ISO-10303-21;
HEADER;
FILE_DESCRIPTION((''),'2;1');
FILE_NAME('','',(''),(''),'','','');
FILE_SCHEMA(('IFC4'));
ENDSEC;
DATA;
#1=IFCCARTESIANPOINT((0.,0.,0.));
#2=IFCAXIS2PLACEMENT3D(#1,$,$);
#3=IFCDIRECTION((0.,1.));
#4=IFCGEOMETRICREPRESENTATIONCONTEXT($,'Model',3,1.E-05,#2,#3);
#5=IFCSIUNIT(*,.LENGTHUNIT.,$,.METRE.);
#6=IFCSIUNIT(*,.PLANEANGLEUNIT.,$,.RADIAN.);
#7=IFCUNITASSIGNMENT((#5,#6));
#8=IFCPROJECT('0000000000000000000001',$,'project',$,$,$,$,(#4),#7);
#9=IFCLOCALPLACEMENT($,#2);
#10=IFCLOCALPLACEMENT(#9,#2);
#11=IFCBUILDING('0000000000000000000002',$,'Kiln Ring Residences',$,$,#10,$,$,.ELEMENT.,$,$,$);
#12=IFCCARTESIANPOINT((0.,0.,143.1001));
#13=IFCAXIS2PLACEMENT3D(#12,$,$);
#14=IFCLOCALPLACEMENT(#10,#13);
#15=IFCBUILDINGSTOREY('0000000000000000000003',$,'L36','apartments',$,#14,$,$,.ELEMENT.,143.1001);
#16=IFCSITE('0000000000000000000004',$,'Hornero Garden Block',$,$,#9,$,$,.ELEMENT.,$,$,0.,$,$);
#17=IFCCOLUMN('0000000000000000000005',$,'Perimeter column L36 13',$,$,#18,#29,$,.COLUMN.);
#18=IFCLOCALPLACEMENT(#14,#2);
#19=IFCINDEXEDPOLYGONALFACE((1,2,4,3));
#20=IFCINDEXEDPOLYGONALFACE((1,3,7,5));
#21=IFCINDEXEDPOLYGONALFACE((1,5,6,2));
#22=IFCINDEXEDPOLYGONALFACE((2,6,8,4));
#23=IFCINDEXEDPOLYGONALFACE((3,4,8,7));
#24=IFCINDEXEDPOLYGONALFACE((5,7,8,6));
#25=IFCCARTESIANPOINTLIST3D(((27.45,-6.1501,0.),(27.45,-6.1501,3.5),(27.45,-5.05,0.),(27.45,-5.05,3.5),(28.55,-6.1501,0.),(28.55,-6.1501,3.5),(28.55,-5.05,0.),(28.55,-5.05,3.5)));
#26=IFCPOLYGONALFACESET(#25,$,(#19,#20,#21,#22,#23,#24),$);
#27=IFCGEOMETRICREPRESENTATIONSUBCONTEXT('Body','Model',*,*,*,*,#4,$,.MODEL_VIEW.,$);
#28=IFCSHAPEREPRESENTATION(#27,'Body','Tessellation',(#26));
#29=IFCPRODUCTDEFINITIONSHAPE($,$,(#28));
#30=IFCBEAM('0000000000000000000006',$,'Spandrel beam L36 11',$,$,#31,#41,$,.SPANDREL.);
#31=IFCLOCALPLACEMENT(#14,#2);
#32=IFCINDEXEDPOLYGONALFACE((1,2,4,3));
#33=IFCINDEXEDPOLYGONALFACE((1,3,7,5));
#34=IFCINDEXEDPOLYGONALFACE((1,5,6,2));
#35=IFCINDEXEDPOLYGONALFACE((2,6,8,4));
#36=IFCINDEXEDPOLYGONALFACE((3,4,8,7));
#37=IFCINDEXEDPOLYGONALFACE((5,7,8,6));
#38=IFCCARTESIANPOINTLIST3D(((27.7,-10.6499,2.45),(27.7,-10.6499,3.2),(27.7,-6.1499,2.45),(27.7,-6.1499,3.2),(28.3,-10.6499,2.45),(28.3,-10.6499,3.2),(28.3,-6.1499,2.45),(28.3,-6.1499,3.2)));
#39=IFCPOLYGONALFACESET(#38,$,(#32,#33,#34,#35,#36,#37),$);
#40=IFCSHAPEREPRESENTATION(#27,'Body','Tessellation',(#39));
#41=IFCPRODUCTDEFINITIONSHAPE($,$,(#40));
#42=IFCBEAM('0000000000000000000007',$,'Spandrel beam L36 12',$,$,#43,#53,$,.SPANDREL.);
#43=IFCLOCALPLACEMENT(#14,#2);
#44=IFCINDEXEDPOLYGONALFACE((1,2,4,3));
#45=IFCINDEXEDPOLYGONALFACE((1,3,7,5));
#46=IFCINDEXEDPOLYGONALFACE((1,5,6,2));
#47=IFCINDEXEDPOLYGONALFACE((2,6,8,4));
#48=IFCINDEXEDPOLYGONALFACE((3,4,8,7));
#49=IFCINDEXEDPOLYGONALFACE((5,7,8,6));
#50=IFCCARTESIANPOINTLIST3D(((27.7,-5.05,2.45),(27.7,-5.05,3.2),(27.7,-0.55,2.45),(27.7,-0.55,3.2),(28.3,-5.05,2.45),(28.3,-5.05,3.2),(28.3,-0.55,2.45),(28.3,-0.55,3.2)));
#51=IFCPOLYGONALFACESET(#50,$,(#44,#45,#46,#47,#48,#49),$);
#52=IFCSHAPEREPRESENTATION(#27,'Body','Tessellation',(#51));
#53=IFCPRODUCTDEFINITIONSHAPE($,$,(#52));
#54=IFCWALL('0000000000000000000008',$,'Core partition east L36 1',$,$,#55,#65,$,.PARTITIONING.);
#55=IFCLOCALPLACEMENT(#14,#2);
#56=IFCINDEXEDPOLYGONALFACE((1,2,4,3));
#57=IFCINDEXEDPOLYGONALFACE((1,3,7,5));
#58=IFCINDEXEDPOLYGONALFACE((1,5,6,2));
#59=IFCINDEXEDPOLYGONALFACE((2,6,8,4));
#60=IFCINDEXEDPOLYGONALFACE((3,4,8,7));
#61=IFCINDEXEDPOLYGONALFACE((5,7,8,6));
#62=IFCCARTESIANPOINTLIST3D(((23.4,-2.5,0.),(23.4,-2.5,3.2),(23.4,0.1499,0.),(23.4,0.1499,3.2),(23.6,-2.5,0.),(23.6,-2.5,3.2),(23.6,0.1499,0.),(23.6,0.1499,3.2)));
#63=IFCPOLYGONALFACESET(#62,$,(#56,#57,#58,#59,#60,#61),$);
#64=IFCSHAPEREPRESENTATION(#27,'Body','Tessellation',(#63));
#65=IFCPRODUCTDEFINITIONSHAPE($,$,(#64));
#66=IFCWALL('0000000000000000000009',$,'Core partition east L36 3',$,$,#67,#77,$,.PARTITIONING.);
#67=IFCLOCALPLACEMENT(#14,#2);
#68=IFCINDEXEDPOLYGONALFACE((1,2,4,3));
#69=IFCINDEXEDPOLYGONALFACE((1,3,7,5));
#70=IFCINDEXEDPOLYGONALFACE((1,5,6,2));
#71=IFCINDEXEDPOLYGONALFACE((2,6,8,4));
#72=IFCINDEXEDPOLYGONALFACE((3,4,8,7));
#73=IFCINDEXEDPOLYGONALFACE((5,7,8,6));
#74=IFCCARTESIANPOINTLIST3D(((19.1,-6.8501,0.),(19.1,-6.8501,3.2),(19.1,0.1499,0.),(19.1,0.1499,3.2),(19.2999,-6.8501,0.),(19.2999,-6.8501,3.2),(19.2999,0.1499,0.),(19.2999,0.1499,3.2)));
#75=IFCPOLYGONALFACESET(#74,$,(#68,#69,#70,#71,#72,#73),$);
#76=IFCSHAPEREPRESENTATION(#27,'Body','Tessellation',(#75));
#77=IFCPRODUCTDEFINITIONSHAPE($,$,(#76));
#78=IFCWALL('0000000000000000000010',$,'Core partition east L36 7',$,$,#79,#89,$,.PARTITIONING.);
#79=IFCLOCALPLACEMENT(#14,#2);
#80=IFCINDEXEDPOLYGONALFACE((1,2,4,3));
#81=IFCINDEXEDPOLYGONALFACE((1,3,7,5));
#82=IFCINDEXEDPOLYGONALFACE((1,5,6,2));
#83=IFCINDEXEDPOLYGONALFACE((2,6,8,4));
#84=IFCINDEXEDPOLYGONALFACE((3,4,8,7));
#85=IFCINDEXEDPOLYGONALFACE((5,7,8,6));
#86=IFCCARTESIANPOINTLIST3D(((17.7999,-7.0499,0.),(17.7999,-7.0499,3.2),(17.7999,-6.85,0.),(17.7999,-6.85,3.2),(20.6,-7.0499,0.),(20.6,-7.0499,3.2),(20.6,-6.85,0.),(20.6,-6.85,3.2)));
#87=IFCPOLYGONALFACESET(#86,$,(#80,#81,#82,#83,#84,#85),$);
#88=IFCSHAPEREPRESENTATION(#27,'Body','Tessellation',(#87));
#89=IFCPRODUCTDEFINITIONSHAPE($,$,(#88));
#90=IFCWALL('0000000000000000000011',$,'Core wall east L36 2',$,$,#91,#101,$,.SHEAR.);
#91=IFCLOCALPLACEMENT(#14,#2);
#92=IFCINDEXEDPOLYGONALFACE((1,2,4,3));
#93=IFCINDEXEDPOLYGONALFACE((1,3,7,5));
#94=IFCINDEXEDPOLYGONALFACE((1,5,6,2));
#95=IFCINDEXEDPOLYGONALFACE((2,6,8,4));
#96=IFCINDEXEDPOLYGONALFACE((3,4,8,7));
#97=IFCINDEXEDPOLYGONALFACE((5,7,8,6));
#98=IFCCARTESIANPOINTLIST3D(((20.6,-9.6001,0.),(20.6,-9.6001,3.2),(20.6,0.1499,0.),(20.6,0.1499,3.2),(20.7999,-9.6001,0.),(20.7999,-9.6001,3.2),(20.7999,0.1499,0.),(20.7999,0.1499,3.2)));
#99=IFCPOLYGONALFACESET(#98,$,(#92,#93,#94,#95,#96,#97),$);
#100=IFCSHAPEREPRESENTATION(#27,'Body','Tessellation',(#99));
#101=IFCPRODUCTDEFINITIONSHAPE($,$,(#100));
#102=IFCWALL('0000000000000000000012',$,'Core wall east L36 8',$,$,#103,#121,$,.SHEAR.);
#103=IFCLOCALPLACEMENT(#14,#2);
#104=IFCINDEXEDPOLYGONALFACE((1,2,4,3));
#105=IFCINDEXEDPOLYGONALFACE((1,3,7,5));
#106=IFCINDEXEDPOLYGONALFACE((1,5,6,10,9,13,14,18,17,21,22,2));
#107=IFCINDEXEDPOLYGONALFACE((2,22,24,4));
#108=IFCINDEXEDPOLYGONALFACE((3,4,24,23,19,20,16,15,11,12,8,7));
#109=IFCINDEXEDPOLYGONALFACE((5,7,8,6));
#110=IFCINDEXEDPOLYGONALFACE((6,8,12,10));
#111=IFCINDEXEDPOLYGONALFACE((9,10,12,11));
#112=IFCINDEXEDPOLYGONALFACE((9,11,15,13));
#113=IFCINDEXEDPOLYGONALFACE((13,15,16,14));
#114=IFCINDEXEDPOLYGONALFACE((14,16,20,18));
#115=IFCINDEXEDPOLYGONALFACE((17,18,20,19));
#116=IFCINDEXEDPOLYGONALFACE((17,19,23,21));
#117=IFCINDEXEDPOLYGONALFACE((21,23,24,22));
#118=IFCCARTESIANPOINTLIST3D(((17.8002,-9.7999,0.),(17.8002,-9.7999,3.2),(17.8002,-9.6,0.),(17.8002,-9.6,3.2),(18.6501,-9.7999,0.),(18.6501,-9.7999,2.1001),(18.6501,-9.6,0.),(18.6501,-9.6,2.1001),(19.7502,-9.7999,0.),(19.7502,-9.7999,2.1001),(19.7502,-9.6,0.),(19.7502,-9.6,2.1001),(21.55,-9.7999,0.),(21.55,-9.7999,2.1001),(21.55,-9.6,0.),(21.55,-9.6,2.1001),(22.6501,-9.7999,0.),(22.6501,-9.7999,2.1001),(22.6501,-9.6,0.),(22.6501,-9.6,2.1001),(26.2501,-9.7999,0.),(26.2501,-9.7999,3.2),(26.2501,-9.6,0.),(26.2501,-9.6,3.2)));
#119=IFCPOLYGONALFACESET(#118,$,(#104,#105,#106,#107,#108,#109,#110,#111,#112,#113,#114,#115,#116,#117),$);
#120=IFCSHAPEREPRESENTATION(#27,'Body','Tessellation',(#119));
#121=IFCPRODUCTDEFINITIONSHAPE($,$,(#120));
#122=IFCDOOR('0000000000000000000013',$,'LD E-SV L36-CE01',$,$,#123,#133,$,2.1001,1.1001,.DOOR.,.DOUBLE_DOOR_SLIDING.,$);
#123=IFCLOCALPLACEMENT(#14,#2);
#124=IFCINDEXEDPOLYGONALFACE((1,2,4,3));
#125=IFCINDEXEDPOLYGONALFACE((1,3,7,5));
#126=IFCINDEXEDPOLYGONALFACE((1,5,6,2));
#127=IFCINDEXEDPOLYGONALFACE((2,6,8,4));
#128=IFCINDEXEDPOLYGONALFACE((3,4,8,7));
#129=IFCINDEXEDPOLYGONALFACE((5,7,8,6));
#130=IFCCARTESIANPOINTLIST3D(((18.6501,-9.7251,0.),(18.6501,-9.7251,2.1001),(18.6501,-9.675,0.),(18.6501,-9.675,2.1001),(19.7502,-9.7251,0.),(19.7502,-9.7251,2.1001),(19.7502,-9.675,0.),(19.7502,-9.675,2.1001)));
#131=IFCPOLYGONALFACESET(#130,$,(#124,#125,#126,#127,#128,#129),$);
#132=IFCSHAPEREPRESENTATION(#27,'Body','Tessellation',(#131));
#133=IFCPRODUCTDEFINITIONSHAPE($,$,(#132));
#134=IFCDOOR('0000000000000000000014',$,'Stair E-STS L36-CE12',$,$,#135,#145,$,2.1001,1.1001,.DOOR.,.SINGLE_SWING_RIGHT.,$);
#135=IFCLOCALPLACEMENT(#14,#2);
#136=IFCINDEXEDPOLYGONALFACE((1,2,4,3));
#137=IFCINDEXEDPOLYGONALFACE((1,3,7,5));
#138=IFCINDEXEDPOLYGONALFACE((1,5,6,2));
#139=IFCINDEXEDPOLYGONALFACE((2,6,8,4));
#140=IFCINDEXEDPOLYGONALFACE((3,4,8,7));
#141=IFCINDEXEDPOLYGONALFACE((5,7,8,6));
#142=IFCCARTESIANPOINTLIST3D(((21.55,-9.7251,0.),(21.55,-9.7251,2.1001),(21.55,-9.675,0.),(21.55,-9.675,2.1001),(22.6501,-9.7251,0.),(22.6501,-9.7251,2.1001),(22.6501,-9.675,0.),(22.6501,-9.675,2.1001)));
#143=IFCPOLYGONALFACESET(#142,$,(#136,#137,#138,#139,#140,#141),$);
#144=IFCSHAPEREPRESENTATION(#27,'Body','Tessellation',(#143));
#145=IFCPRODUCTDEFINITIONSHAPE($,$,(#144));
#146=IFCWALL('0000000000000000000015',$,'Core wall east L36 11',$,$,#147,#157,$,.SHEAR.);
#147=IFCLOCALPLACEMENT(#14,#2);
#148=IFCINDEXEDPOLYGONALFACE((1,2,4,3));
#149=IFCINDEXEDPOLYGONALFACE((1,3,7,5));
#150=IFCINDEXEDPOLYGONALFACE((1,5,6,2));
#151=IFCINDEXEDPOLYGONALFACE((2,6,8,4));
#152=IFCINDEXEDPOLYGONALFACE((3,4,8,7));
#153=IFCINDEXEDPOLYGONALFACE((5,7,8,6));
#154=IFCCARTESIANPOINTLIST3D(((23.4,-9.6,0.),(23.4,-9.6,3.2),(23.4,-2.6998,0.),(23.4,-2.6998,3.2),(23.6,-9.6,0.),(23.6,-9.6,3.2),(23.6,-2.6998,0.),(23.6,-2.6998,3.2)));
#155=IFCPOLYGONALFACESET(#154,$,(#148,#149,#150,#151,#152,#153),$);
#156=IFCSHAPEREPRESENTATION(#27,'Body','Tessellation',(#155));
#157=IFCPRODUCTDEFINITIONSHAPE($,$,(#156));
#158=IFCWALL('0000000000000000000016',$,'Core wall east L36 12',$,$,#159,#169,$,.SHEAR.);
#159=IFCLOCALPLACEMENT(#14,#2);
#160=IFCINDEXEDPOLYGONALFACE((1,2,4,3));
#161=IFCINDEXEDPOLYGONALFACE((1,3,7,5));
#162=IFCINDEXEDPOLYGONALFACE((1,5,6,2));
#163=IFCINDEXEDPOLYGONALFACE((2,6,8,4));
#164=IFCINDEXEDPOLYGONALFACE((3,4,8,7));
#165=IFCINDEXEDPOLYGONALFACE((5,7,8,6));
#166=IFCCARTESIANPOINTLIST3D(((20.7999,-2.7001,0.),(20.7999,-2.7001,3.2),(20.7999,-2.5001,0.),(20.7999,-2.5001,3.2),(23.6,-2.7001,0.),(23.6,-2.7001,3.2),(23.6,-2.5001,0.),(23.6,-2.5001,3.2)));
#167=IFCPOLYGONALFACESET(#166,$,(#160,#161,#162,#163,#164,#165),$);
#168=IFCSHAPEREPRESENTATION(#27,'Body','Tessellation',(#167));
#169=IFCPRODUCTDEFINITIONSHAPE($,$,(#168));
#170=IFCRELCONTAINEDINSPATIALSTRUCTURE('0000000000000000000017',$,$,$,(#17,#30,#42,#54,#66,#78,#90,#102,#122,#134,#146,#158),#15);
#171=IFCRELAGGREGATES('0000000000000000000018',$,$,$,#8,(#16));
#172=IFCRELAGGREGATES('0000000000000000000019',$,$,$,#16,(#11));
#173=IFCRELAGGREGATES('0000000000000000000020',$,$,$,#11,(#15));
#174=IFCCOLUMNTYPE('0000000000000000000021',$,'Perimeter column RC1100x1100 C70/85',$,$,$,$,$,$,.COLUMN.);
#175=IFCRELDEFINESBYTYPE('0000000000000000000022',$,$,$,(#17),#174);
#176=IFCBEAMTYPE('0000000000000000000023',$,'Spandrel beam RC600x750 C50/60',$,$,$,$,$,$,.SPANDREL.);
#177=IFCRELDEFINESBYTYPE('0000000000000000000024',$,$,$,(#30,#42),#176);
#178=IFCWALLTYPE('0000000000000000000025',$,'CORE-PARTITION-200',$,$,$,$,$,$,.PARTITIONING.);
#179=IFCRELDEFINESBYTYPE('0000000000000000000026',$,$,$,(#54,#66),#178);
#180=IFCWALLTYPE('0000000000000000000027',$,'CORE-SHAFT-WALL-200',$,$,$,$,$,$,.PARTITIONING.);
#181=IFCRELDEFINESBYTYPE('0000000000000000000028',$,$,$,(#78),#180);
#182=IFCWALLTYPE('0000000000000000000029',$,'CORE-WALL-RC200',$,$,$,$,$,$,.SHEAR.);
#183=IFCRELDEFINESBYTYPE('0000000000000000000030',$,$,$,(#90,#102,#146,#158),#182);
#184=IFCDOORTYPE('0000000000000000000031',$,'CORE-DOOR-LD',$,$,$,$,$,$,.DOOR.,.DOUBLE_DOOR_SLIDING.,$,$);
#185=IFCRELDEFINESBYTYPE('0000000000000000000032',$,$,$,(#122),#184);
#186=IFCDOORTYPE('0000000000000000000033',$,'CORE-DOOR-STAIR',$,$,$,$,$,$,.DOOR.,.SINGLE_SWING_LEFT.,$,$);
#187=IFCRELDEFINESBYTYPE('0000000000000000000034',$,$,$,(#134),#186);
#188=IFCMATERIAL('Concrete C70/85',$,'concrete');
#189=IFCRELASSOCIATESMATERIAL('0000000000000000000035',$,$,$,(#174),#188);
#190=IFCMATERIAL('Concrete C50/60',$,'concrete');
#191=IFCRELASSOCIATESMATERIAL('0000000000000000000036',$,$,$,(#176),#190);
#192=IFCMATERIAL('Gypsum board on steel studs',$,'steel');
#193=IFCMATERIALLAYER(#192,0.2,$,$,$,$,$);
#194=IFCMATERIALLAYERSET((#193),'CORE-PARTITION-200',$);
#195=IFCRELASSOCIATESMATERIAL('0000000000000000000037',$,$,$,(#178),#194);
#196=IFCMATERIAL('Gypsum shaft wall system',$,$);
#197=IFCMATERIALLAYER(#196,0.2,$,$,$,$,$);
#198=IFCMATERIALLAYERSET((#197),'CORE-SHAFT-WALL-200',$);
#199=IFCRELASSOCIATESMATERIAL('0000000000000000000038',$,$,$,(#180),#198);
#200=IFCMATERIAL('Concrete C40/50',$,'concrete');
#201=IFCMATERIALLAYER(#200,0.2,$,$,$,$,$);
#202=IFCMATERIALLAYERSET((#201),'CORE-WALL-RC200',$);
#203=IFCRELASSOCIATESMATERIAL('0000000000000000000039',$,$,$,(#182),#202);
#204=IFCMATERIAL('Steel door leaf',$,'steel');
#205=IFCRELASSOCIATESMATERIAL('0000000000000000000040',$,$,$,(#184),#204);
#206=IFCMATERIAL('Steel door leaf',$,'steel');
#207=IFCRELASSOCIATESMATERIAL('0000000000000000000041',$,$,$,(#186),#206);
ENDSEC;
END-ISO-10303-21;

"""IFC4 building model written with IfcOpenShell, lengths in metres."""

from ifc_helpers import new_model, si_unit, direction, frame, frame_2d, origin, origin_2d, place, context, subcontext, project, spatial, rectangle, extrude, material, layer, layer_set, material_profile, profile_set, type_object, element, fill, save


model = new_model("IFC4")

# Units and contexts
model_context = context("Model", 3, precision=1e-05, world=origin(), true_north=direction((0.0, 1.0)))
body_context = subcontext(model_context, "Body", "Model", "MODEL_VIEW")
ifc_project = project(units=[si_unit("LENGTHUNIT", "METRE"), si_unit("PLANEANGLEUNIT", "RADIAN")], contexts=[model_context])

# Site, building, storey
site_placement = place(None, origin())
site = spatial("IfcSite", under=ifc_project, at=site_placement, Name="Hornero Garden Block", CompositionType="ELEMENT", RefElevation=0.0)
building_placement = place(site_placement, origin())
building = spatial("IfcBuilding", under=site, at=building_placement, Name="Kiln Ring Residences", CompositionType="ELEMENT")
storey_placement = place(building_placement, frame((0.0, 0.0, 143.1001)))
storey = spatial("IfcBuildingStorey", under=building, at=storey_placement, Name="L36", Description="apartments", CompositionType="ELEMENT", Elevation=143.1001)

# Column
ifc_material_1 = material(Name="Concrete C70/85", Category="concrete")
ifc_material_profile_1 = material_profile(ifc_material_1, rectangle(XDim=1.1001, YDim=1.1001, at=origin_2d()), Name="RC1100x1100")
ifc_profile_set_1 = profile_set([ifc_material_profile_1], Name="Concrete C70/85")
column_type = type_object("IfcColumnType", Name="Perimeter column RC1100x1100 C70/85", PredefinedType="COLUMN", material=ifc_profile_set_1)
column_placement = place(storey_placement, frame((28.0, -5.6001, 0.0), z_axis=(0.0, 0.0, 1.0), x_axis=(1.0, 0.0, 0.0)))
element("IfcColumn", 1, at=column_placement, inside=storey, type_object=column_type, Name="Perimeter column L36 13", PredefinedType="COLUMN", context=body_context, shape_type="SweptSolid", body=[
    extrude(rectangle(XDim=1.1001, YDim=1.1001, at=origin_2d()), origin(), (0.0, 0.0, 1.0), 3.5),
])

# Beams
ifc_material_2 = material(Name="Concrete C50/60", Category="concrete")
ifc_material_profile_2 = material_profile(ifc_material_2, rectangle(XDim=0.6001, YDim=0.75, at=origin_2d()), Name="RC600x750")
ifc_profile_set_2 = profile_set([ifc_material_profile_2], Name="Concrete C50/60")
beam_type = type_object("IfcBeamType", Name="Spandrel beam RC600x750 C50/60", PredefinedType="SPANDREL", material=ifc_profile_set_2)
for number, where, z_axis, x_axis, name in (
    (2, (28.0, -10.6499, 2.825), (0.0, 1.0, 0.0), (-1.0, 0.0, 0.0), "Spandrel beam L36 11"),
    (3, (28.0, -5.05, 2.825), (0.0, 1.0, 0.0), (-1.0, 0.0, 0.0), "Spandrel beam L36 12"),
):
    element("IfcBeam", number, at=place(storey_placement, frame(where, z_axis=z_axis, x_axis=x_axis)), inside=storey, type_object=beam_type, Name=name, PredefinedType="SPANDREL", context=body_context, shape_type="SweptSolid", body=[
        extrude(rectangle(XDim=0.6001, YDim=0.75, at=origin_2d()), origin(), (0.0, 0.0, 1.0), 4.5),
    ])

# Walls
ifc_material_3 = material(Name="Gypsum board on steel studs", Category="steel")
ifc_layer_1 = layer(ifc_material_3, 0.2)
ifc_layer_set_1 = layer_set([ifc_layer_1], Name="CORE-PARTITION-200")
wall_type_1 = type_object("IfcWallType", Name="CORE-PARTITION-200", PredefinedType="PARTITIONING", material=ifc_layer_set_1)
wall_1_placement = place(storey_placement, frame((23.5, -2.5, 0.0), z_axis=(0.0, 0.0, 1.0), x_axis=(0.0, 1.0, 0.0)))
element("IfcWall", 4, at=wall_1_placement, inside=storey, type_object=wall_type_1, Name="Core partition east L36 1", PredefinedType="PARTITIONING", context=body_context, shape_type="SweptSolid", body=[
    extrude(rectangle(XDim=2.6499, YDim=0.2, at=frame_2d((1.325, 0.0))), origin(), (0.0, 0.0, 1.0), 3.2),
])
wall_2_placement = place(storey_placement, frame((19.2, -6.8501, 0.0), z_axis=(0.0, 0.0, 1.0), x_axis=(0.0, 1.0, 0.0)))
element("IfcWall", 5, at=wall_2_placement, inside=storey, type_object=wall_type_1, Name="Core partition east L36 3", PredefinedType="PARTITIONING", context=body_context, shape_type="SweptSolid", body=[
    extrude(rectangle(XDim=7.0, YDim=0.2, at=frame_2d((3.5, 0.0))), origin(), (0.0, 0.0, 1.0), 3.2),
])
ifc_material_4 = material(Name="Gypsum shaft wall system")
ifc_layer_2 = layer(ifc_material_4, 0.2)
ifc_layer_set_2 = layer_set([ifc_layer_2], Name="CORE-SHAFT-WALL-200")
wall_type_2 = type_object("IfcWallType", Name="CORE-SHAFT-WALL-200", PredefinedType="PARTITIONING", material=ifc_layer_set_2)
wall_3_placement = place(storey_placement, frame((17.8, -6.95, 0.0), z_axis=(0.0, 0.0, 1.0), x_axis=(1.0, 0.0, 0.0)))
element("IfcWall", 6, at=wall_3_placement, inside=storey, type_object=wall_type_2, Name="Core partition east L36 7", PredefinedType="PARTITIONING", context=body_context, shape_type="SweptSolid", body=[
    extrude(rectangle(XDim=2.8, YDim=0.2, at=frame_2d((1.3999, 0.0))), origin(), (0.0, 0.0, 1.0), 3.2),
])
ifc_material_5 = material(Name="Concrete C40/50", Category="concrete")
ifc_layer_3 = layer(ifc_material_5, 0.2)
ifc_layer_set_3 = layer_set([ifc_layer_3], Name="CORE-WALL-RC200")
wall_type_3 = type_object("IfcWallType", Name="CORE-WALL-RC200", PredefinedType="SHEAR", material=ifc_layer_set_3)
wall_4_placement = place(storey_placement, frame((20.7, -9.6001, 0.0), z_axis=(0.0, 0.0, 1.0), x_axis=(0.0, 1.0, 0.0)))
element("IfcWall", 7, at=wall_4_placement, inside=storey, type_object=wall_type_3, Name="Core wall east L36 2", PredefinedType="SHEAR", context=body_context, shape_type="SweptSolid", body=[
    extrude(rectangle(XDim=9.75, YDim=0.2, at=frame_2d((4.875, 0.0))), origin(), (0.0, 0.0, 1.0), 3.2),
])

# Wall, openings, doors
wall_5_placement = place(storey_placement, frame((17.8, -9.7, 0.0), z_axis=(0.0, 0.0, 1.0), x_axis=(1.0, 0.0, 0.0)))
wall_5 = element("IfcWall", 8, at=wall_5_placement, inside=storey, type_object=wall_type_3, Name="Core wall east L36 8", PredefinedType="SHEAR", context=body_context, shape_type="SweptSolid", body=[
    extrude(rectangle(XDim=8.45, YDim=0.2, at=frame_2d((4.2251, 0.0))), origin(), (0.0, 0.0, 1.0), 3.2),
])
opening_1_placement = place(wall_5_placement, frame((0.8501, 0.0, 0.0)))
opening_1 = element("IfcOpeningElement", 9, at=opening_1_placement, cuts=wall_5, PredefinedType="OPENING", context=body_context, shape_type="SweptSolid", body=[
    extrude(rectangle(XDim=1.1001, YDim=2.1001, at=frame_2d((0.55, 1.05))), frame((0.0, 0.1099, 0.0), z_axis=(0.0, -1.0, 0.0), x_axis=(1.0, 0.0, 0.0)), (0.0, 0.0, 1.0), 0.22),
])
opening_2_placement = place(wall_5_placement, frame((3.75, 0.0, 0.0)))
opening_2 = element("IfcOpeningElement", 10, at=opening_2_placement, cuts=wall_5, PredefinedType="OPENING", context=body_context, shape_type="SweptSolid", body=[
    extrude(rectangle(XDim=1.1001, YDim=2.1001, at=frame_2d((0.55, 1.05))), frame((0.0, 0.1099, 0.0), z_axis=(0.0, -1.0, 0.0), x_axis=(1.0, 0.0, 0.0)), (0.0, 0.0, 1.0), 0.22),
])
ifc_material_6 = material(Name="Steel door leaf", Category="steel")
door_type_1 = type_object("IfcDoorType", Name="CORE-DOOR-LD", OperationType="DOUBLE_DOOR_SLIDING", PredefinedType="DOOR", material=ifc_material_6)
door_1_placement = place(opening_1_placement, origin())
door_1 = element("IfcDoor", 11, at=door_1_placement, inside=storey, type_object=door_type_1, Name="LD E-SV L36-CE01", OperationType="DOUBLE_DOOR_SLIDING", OverallHeight=2.1001, OverallWidth=1.1001, PredefinedType="DOOR", context=body_context, shape_type="SweptSolid", body=[
    extrude(rectangle(XDim=1.1001, YDim=2.1001, at=frame_2d((0.55, 1.05))), frame((0.0, 0.0249, 0.0), z_axis=(0.0, -1.0, 0.0), x_axis=(1.0, 0.0, 0.0)), (0.0, 0.0, 1.0), 0.05),
])
fill(opening_1, door_1)
ifc_material_7 = material(Name="Steel door leaf", Category="steel")
door_type_2 = type_object("IfcDoorType", Name="CORE-DOOR-STAIR", OperationType="SINGLE_SWING_LEFT", PredefinedType="DOOR", material=ifc_material_7)
door_2_placement = place(opening_2_placement, origin())
door_2 = element("IfcDoor", 12, at=door_2_placement, inside=storey, type_object=door_type_2, Name="Stair E-STS L36-CE12", OperationType="SINGLE_SWING_RIGHT", OverallHeight=2.1001, OverallWidth=1.1001, PredefinedType="DOOR", context=body_context, shape_type="SweptSolid", body=[
    extrude(rectangle(XDim=1.1001, YDim=2.1001, at=frame_2d((0.55, 1.05))), frame((0.0, 0.0249, 0.0), z_axis=(0.0, -1.0, 0.0), x_axis=(1.0, 0.0, 0.0)), (0.0, 0.0, 1.0), 0.05),
])
fill(opening_2, door_2)

# Walls
wall_6_placement = place(storey_placement, frame((23.5, -9.6001, 0.0), z_axis=(0.0, 0.0, 1.0), x_axis=(0.0, 1.0, 0.0)))
element("IfcWall", 13, at=wall_6_placement, inside=storey, type_object=wall_type_3, Name="Core wall east L36 11", PredefinedType="SHEAR", context=body_context, shape_type="SweptSolid", body=[
    extrude(rectangle(XDim=6.9001, YDim=0.2, at=frame_2d((3.4502, 0.0))), origin(), (0.0, 0.0, 1.0), 3.2),
])
wall_7_placement = place(storey_placement, frame((20.8, -2.6001, 0.0), z_axis=(0.0, 0.0, 1.0), x_axis=(1.0, 0.0, 0.0)))
element("IfcWall", 14, at=wall_7_placement, inside=storey, type_object=wall_type_3, Name="Core wall east L36 12", PredefinedType="SHEAR", context=body_context, shape_type="SweptSolid", body=[
    extrude(rectangle(XDim=2.8, YDim=0.2, at=frame_2d((1.3999, 0.0))), origin(), (0.0, 0.0, 1.0), 3.2),
])

save(model, "model.ifc")
